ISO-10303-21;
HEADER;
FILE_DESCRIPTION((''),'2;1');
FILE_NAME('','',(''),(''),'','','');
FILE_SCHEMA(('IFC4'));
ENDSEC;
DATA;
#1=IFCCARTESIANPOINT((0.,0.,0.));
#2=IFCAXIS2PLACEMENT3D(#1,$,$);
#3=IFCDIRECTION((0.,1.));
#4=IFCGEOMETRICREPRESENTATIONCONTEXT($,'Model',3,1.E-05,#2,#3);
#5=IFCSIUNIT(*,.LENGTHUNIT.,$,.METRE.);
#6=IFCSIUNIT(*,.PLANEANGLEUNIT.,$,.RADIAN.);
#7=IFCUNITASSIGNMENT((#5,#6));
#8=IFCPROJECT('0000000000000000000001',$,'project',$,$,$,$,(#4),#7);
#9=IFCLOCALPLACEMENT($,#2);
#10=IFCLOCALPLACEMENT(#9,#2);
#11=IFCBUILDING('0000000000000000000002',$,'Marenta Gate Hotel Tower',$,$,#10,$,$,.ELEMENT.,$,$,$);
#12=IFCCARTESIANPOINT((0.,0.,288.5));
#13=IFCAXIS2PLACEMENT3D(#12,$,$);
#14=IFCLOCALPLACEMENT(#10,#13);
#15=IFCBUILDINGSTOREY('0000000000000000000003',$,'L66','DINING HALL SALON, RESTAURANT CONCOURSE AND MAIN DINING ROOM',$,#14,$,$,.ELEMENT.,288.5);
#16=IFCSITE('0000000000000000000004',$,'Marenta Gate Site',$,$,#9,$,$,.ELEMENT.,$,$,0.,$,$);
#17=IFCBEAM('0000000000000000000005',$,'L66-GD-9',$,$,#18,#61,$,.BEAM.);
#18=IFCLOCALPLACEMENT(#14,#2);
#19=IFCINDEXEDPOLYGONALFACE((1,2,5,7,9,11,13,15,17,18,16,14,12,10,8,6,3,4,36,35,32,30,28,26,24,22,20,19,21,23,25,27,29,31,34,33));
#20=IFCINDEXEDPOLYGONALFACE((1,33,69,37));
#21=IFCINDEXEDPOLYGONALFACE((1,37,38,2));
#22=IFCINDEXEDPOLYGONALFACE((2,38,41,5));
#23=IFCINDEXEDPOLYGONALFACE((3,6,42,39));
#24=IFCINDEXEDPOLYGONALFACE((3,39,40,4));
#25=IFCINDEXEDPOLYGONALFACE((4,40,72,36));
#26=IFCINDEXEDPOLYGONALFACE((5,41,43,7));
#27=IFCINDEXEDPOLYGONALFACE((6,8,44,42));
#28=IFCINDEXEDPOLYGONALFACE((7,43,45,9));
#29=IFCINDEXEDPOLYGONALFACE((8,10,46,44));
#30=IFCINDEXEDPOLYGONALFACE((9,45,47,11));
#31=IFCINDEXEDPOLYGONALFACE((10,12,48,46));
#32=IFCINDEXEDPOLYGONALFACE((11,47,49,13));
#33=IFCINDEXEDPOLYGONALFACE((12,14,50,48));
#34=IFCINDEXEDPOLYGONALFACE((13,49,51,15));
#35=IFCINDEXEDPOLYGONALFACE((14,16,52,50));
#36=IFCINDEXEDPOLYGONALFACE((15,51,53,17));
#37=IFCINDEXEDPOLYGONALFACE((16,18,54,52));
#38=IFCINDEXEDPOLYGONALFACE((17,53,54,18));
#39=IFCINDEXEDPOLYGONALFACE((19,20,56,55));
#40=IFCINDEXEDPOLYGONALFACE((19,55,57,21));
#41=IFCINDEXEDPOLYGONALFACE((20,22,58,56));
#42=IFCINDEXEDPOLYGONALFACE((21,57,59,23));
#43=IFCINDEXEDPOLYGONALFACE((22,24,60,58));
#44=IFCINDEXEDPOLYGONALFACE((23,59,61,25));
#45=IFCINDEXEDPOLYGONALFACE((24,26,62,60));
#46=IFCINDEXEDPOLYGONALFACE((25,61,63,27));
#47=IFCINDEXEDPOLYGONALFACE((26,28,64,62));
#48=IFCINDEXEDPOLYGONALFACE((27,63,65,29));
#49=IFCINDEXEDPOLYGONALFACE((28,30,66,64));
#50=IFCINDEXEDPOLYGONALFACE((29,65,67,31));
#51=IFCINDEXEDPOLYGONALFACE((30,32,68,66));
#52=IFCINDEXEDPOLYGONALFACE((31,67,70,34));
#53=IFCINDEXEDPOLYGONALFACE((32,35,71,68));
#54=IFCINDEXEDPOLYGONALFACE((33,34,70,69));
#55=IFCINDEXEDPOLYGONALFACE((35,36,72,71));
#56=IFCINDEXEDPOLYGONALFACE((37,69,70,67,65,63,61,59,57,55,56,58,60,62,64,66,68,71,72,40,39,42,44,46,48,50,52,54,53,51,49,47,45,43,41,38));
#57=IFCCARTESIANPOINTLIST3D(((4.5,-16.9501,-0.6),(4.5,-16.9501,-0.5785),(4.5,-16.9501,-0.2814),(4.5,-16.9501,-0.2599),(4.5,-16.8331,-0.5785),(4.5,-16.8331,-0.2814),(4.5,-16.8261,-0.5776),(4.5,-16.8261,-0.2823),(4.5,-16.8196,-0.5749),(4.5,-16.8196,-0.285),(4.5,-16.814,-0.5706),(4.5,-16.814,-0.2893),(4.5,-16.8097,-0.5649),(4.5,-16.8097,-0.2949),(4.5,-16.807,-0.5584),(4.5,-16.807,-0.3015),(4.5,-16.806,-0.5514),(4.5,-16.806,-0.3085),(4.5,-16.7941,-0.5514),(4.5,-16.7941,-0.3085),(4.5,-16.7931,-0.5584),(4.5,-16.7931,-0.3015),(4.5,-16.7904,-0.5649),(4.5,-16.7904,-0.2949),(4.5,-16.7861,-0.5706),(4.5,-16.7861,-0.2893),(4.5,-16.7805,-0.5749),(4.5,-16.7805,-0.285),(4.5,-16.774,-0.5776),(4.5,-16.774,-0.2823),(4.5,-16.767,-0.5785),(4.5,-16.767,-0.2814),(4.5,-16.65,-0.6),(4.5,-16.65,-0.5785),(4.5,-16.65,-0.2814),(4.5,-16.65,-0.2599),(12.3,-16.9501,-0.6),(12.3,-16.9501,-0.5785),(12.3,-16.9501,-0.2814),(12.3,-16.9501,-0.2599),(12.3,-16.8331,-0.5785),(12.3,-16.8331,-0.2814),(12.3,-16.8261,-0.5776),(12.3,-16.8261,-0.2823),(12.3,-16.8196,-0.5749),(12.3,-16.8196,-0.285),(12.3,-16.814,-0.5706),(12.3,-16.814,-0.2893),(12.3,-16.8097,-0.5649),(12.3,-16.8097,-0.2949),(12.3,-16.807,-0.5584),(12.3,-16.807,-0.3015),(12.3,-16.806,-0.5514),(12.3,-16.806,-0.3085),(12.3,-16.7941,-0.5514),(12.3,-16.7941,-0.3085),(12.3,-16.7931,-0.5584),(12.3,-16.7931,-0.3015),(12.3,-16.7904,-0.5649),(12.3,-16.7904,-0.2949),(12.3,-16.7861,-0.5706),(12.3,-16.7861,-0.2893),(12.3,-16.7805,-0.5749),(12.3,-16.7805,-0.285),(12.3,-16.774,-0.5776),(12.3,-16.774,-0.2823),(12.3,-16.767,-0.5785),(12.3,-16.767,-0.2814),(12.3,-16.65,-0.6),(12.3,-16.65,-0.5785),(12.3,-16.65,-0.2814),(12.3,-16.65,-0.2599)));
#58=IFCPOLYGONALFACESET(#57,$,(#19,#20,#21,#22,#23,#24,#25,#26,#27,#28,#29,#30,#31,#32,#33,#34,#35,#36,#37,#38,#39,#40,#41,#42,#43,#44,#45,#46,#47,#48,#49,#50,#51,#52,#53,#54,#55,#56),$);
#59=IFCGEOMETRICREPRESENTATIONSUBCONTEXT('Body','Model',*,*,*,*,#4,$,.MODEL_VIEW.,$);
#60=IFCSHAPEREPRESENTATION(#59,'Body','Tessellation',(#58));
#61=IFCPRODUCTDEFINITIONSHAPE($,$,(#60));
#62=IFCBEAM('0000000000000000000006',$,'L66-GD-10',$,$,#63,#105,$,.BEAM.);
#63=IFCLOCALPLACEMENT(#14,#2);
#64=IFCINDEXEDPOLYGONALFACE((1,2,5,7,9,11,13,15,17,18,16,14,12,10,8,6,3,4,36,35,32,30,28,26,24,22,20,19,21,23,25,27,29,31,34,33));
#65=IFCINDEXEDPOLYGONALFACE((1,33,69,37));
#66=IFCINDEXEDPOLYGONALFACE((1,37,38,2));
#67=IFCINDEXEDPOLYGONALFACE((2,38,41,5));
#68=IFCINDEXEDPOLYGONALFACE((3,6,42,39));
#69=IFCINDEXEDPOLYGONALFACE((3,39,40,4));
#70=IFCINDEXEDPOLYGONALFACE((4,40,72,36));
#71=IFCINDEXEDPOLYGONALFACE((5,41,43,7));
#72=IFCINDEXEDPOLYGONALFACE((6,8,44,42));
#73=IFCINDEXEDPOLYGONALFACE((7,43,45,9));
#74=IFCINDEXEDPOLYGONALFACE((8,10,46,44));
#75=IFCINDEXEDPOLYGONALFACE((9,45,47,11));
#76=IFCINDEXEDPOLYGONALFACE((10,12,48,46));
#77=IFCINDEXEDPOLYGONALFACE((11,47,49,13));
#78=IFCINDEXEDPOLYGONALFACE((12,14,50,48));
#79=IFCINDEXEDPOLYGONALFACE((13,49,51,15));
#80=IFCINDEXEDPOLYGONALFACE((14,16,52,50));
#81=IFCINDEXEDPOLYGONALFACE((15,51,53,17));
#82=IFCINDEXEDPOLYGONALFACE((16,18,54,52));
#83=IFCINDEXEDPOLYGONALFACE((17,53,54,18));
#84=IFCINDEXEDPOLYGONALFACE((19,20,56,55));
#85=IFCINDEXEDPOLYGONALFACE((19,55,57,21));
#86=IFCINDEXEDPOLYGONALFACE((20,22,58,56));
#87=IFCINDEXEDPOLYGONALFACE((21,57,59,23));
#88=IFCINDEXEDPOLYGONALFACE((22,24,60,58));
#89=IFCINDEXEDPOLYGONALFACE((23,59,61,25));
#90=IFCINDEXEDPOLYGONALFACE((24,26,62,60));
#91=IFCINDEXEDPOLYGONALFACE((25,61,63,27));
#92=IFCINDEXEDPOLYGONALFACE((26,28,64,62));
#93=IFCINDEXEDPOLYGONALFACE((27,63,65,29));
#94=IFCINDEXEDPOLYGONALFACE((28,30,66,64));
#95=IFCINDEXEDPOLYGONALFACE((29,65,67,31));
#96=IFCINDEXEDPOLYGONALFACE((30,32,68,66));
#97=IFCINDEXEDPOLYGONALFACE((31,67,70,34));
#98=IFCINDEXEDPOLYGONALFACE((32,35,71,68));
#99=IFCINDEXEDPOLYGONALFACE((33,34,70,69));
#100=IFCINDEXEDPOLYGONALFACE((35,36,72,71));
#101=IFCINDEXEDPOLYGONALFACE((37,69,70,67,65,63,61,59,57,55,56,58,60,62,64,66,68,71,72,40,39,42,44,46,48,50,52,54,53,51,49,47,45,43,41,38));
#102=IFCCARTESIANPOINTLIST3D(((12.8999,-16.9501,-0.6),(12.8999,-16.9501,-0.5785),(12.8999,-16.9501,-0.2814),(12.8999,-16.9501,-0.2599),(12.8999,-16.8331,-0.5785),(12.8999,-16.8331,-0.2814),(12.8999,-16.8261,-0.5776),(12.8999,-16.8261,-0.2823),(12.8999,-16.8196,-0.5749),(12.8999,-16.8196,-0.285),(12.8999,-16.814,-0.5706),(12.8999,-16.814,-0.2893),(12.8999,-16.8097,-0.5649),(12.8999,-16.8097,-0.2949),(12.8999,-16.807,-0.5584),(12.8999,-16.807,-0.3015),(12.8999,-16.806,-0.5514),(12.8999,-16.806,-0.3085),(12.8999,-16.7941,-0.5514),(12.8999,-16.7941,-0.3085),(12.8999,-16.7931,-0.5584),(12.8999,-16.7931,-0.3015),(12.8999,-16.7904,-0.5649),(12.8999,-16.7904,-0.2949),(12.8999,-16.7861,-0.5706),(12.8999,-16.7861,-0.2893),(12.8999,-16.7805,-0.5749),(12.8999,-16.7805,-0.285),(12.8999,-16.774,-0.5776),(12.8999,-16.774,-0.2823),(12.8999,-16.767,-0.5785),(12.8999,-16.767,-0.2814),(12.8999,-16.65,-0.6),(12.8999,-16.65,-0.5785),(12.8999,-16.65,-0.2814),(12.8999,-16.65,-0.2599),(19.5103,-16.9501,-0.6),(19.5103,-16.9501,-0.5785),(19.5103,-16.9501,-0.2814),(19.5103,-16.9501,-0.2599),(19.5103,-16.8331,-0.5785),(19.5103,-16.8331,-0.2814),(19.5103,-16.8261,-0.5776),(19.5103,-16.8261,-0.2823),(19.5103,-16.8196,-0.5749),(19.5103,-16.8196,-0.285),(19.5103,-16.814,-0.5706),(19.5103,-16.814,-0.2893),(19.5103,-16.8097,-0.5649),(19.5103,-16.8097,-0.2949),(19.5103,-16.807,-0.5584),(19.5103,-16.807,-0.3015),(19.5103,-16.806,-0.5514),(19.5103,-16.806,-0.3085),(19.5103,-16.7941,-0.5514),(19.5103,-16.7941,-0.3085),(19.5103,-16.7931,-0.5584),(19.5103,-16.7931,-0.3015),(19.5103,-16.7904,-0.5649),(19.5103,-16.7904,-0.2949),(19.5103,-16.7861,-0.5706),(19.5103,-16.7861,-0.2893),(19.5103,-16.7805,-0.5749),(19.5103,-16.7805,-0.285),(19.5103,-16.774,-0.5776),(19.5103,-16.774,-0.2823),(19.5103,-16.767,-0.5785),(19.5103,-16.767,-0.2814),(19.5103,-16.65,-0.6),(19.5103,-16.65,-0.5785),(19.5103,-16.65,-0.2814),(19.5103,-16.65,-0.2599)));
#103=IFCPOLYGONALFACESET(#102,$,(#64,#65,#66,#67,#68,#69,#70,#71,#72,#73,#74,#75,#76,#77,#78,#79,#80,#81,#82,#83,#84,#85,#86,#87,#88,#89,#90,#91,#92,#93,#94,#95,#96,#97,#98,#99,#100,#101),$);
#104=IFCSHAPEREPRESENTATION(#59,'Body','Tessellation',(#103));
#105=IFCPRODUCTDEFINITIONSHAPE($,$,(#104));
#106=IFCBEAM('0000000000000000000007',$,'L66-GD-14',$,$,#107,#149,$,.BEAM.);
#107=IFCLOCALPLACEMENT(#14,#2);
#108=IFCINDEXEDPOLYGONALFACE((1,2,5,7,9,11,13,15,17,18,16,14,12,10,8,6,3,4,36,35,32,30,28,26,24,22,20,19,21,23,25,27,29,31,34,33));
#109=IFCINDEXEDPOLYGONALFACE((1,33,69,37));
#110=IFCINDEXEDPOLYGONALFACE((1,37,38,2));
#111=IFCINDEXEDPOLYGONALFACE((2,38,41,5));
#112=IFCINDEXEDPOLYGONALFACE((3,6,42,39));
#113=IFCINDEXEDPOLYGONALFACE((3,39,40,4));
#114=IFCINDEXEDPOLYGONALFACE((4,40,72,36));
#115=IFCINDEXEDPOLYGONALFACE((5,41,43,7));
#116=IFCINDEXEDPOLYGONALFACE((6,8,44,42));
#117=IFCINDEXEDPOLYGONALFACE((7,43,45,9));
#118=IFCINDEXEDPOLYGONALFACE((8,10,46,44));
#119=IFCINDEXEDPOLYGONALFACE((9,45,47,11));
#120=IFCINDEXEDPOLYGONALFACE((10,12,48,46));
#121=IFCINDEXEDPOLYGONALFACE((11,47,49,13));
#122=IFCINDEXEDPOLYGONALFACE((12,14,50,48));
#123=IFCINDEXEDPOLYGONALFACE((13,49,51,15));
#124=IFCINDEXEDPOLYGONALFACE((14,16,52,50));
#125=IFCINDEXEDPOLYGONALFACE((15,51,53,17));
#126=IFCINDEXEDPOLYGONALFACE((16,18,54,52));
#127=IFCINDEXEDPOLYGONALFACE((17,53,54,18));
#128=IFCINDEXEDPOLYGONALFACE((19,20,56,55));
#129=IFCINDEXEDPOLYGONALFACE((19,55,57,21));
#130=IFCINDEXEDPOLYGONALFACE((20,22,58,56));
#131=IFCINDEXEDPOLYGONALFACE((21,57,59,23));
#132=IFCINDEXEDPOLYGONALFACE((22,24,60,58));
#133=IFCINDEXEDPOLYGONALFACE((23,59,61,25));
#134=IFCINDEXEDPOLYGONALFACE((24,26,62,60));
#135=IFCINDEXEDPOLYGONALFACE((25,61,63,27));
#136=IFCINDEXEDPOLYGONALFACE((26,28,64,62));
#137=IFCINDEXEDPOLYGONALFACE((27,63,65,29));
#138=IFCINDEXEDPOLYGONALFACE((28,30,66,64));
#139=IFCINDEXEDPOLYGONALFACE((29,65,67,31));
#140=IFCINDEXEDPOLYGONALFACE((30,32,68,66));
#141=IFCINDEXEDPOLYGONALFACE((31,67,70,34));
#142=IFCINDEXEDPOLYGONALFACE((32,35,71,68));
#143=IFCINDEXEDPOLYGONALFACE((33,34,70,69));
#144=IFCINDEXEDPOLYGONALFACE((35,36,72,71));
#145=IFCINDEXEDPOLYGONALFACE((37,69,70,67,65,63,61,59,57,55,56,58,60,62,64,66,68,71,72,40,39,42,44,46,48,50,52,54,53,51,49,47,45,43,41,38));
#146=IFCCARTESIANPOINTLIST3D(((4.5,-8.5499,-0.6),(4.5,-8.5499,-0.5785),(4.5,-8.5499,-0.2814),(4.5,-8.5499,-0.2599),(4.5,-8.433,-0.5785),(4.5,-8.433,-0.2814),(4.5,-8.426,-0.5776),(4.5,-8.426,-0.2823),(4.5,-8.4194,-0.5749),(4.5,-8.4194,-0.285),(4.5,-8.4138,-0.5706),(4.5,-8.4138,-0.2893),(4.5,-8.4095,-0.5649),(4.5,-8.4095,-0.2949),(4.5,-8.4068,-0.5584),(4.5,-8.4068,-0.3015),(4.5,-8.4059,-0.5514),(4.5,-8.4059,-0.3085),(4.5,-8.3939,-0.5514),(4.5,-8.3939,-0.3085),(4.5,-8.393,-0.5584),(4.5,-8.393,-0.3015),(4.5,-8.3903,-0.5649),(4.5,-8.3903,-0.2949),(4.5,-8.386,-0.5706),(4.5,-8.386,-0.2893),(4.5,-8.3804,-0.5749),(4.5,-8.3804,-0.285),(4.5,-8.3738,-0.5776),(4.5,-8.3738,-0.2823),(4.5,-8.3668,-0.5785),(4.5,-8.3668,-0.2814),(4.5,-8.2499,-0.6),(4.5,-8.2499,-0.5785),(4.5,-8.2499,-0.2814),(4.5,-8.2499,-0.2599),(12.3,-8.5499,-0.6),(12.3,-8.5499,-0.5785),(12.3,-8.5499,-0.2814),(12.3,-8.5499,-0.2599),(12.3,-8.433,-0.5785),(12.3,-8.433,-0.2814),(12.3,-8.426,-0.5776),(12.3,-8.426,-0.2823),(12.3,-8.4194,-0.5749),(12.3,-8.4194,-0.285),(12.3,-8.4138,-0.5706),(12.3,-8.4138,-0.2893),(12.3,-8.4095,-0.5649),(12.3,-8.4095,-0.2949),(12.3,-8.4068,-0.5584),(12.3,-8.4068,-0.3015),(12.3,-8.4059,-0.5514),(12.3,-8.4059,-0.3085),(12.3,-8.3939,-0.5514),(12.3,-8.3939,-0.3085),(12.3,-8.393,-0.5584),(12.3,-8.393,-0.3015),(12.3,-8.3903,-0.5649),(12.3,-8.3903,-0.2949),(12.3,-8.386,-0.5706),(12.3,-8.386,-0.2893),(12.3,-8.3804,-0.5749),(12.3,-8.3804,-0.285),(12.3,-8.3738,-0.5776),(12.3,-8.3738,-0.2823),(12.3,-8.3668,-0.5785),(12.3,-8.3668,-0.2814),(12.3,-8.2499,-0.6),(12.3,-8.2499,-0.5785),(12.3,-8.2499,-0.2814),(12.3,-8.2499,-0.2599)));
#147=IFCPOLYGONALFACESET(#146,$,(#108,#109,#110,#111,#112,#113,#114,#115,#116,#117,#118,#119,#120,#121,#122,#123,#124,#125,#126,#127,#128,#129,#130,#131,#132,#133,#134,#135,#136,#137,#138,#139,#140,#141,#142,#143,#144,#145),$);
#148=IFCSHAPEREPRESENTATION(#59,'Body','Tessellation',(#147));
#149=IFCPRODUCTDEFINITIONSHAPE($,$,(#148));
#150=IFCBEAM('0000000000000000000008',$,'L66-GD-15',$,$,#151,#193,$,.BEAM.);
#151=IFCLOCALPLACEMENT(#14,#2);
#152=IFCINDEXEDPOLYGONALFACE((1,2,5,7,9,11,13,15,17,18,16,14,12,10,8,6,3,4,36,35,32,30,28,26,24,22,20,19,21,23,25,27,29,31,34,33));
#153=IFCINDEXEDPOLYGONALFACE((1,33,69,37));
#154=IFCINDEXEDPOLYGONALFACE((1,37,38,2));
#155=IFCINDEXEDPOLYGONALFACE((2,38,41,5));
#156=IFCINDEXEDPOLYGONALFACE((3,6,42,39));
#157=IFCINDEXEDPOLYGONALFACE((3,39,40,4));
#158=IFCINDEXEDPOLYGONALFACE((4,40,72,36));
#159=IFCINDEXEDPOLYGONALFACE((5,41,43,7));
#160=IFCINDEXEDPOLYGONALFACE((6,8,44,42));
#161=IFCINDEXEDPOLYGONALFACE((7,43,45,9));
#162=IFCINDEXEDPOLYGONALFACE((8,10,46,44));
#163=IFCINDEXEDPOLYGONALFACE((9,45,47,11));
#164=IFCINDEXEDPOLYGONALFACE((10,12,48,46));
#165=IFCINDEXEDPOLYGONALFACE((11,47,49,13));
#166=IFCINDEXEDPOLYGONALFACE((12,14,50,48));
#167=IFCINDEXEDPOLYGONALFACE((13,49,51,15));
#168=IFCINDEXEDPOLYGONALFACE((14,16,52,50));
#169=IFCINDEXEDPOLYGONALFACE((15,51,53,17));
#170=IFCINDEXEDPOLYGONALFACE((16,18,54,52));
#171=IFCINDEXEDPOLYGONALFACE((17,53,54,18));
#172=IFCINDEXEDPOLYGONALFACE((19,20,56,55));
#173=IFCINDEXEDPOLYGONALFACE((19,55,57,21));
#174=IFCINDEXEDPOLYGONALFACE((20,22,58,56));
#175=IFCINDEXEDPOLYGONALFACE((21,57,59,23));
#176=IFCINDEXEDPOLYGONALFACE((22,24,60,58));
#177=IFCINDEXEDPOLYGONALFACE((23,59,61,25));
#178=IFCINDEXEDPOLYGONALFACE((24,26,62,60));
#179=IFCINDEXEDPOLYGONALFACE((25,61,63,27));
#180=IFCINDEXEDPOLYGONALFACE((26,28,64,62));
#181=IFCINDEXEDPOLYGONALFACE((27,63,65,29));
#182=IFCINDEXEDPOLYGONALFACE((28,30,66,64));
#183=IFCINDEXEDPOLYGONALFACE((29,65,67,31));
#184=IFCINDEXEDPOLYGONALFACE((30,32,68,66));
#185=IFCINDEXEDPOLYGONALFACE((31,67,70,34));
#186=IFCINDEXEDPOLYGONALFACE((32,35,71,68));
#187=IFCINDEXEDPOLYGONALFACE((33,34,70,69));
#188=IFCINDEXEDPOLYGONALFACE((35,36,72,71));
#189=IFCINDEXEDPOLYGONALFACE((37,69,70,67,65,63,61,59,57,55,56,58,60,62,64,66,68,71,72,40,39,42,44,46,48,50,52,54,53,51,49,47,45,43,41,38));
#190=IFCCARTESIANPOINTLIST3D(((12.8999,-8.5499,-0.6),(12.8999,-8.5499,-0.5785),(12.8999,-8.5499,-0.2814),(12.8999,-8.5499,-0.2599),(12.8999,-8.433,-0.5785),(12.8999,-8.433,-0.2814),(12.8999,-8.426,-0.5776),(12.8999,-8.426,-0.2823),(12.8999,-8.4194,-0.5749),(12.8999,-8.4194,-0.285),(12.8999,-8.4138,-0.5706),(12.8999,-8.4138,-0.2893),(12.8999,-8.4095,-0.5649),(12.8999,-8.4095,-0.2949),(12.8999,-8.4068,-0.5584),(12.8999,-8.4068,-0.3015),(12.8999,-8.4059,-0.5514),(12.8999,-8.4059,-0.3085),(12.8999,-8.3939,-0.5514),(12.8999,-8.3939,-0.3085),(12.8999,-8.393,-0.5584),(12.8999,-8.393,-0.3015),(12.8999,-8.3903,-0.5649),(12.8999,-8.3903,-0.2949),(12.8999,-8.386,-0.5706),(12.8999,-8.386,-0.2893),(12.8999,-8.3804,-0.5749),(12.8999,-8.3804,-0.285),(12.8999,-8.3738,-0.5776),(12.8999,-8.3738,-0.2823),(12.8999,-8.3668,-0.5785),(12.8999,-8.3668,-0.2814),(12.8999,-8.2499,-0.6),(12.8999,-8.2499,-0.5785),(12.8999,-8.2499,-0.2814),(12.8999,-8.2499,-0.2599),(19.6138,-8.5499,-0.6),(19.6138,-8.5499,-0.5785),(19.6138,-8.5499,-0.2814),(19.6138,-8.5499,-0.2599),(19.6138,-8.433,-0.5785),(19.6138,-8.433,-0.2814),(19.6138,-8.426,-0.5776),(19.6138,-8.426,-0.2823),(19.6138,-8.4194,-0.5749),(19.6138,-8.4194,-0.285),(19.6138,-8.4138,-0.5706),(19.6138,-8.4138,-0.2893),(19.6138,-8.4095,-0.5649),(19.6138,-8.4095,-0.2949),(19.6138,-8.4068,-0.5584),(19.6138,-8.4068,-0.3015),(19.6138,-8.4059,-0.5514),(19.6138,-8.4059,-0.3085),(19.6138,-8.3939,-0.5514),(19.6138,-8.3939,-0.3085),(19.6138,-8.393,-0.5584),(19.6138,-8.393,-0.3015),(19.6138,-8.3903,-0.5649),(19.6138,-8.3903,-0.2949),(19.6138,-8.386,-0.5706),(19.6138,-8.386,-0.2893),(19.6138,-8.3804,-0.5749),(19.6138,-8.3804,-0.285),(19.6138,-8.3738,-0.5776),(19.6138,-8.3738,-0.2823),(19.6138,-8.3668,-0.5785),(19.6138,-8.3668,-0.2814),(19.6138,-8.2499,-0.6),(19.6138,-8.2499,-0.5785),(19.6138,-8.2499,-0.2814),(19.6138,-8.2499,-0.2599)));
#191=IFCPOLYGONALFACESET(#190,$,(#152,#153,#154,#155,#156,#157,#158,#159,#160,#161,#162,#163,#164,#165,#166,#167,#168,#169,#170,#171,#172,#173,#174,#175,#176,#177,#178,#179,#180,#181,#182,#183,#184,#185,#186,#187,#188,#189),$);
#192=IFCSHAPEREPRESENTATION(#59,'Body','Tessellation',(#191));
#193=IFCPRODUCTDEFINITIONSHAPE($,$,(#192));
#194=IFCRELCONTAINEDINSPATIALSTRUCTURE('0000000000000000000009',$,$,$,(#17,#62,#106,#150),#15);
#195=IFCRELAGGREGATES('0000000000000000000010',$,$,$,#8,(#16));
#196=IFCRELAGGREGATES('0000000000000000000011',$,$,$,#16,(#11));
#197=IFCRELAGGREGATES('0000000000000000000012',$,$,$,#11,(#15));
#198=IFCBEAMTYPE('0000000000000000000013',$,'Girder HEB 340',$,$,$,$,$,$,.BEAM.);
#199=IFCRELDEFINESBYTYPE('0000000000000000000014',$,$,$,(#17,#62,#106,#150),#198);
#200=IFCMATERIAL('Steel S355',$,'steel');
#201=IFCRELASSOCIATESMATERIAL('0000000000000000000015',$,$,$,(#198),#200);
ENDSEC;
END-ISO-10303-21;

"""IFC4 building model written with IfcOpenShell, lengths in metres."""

from ifc_helpers import new_model, si_unit, direction, frame, origin, origin_2d, place, context, subcontext, project, spatial, i_section, extrude, material, material_profile, profile_set, type_object, element, save


model = new_model("IFC4")

# Units and contexts
model_context = context("Model", 3, precision=1e-05, world=origin(), true_north=direction((0.0, 1.0)))
body_context = subcontext(model_context, "Body", "Model", "MODEL_VIEW")
ifc_project = project(units=[si_unit("LENGTHUNIT", "METRE"), si_unit("PLANEANGLEUNIT", "RADIAN")], contexts=[model_context])

# Site, building, storey
site_placement = place(None, origin())
site = spatial("IfcSite", under=ifc_project, at=site_placement, Name="Marenta Gate Site", CompositionType="ELEMENT", RefElevation=0.0)
building_placement = place(site_placement, origin())
building = spatial("IfcBuilding", under=site, at=building_placement, Name="Marenta Gate Hotel Tower", CompositionType="ELEMENT")
storey_placement = place(building_placement, frame((0.0, 0.0, 288.5)))
storey = spatial("IfcBuildingStorey", under=building, at=storey_placement, Name="L66", Description="DINING HALL SALON, RESTAURANT CONCOURSE AND MAIN DINING ROOM", CompositionType="ELEMENT", Elevation=288.5)

# Beams
ifc_material_1 = material(Name="Steel S355", Category="steel")
ifc_material_profile_1 = material_profile(ifc_material_1, i_section(OverallWidth=0.3, OverallDepth=0.3401, WebThickness=0.012, FlangeThickness=0.0215, FilletRadius=0.0271, at=origin_2d()), Name="HEB 340")
ifc_profile_set_1 = profile_set([ifc_material_profile_1], Name="Steel S355")
beam_type_1 = type_object("IfcBeamType", Name="Girder HEB 340", PredefinedType="BEAM", material=ifc_profile_set_1)
beam_1_placement = place(storey_placement, frame((4.5, -16.8, -0.4299), z_axis=(1.0, 0.0, 0.0), x_axis=(0.0, 1.0, 0.0)))
element("IfcBeam", 1, at=beam_1_placement, inside=storey, type_object=beam_type_1, Name="L66-GD-9", PredefinedType="BEAM", context=body_context, shape_type="SweptSolid", body=[
    extrude(i_section(OverallWidth=0.3, OverallDepth=0.3401, WebThickness=0.012, FlangeThickness=0.0215, FilletRadius=0.0271, at=origin_2d()), origin(), (0.0, 0.0, 1.0), 7.8),
])
beam_2_placement = place(storey_placement, frame((12.8999, -16.8, -0.4299), z_axis=(1.0, 0.0, 0.0), x_axis=(0.0, 1.0, 0.0)))
element("IfcBeam", 2, at=beam_2_placement, inside=storey, type_object=beam_type_1, Name="L66-GD-10", PredefinedType="BEAM", context=body_context, shape_type="SweptSolid", body=[
    extrude(i_section(OverallWidth=0.3, OverallDepth=0.3401, WebThickness=0.012, FlangeThickness=0.0215, FilletRadius=0.0271, at=origin_2d()), origin(), (0.0, 0.0, 1.0), 6.6104),
])
beam_3_placement = place(storey_placement, frame((4.5, -8.3999, -0.4299), z_axis=(1.0, 0.0, 0.0), x_axis=(0.0, 1.0, 0.0)))
element("IfcBeam", 3, at=beam_3_placement, inside=storey, type_object=beam_type_1, Name="L66-GD-14", PredefinedType="BEAM", context=body_context, shape_type="SweptSolid", body=[
    extrude(i_section(OverallWidth=0.3, OverallDepth=0.3401, WebThickness=0.012, FlangeThickness=0.0215, FilletRadius=0.0271, at=origin_2d()), origin(), (0.0, 0.0, 1.0), 7.8),
])
beam_4_placement = place(storey_placement, frame((12.8999, -8.3999, -0.4299), z_axis=(1.0, 0.0, 0.0), x_axis=(0.0, 1.0, 0.0)))
element("IfcBeam", 4, at=beam_4_placement, inside=storey, type_object=beam_type_1, Name="L66-GD-15", PredefinedType="BEAM", context=body_context, shape_type="SweptSolid", body=[
    extrude(i_section(OverallWidth=0.3, OverallDepth=0.3401, WebThickness=0.012, FlangeThickness=0.0215, FilletRadius=0.0271, at=origin_2d()), origin(), (0.0, 0.0, 1.0), 6.7139),
])

save(model, "model.ifc")
